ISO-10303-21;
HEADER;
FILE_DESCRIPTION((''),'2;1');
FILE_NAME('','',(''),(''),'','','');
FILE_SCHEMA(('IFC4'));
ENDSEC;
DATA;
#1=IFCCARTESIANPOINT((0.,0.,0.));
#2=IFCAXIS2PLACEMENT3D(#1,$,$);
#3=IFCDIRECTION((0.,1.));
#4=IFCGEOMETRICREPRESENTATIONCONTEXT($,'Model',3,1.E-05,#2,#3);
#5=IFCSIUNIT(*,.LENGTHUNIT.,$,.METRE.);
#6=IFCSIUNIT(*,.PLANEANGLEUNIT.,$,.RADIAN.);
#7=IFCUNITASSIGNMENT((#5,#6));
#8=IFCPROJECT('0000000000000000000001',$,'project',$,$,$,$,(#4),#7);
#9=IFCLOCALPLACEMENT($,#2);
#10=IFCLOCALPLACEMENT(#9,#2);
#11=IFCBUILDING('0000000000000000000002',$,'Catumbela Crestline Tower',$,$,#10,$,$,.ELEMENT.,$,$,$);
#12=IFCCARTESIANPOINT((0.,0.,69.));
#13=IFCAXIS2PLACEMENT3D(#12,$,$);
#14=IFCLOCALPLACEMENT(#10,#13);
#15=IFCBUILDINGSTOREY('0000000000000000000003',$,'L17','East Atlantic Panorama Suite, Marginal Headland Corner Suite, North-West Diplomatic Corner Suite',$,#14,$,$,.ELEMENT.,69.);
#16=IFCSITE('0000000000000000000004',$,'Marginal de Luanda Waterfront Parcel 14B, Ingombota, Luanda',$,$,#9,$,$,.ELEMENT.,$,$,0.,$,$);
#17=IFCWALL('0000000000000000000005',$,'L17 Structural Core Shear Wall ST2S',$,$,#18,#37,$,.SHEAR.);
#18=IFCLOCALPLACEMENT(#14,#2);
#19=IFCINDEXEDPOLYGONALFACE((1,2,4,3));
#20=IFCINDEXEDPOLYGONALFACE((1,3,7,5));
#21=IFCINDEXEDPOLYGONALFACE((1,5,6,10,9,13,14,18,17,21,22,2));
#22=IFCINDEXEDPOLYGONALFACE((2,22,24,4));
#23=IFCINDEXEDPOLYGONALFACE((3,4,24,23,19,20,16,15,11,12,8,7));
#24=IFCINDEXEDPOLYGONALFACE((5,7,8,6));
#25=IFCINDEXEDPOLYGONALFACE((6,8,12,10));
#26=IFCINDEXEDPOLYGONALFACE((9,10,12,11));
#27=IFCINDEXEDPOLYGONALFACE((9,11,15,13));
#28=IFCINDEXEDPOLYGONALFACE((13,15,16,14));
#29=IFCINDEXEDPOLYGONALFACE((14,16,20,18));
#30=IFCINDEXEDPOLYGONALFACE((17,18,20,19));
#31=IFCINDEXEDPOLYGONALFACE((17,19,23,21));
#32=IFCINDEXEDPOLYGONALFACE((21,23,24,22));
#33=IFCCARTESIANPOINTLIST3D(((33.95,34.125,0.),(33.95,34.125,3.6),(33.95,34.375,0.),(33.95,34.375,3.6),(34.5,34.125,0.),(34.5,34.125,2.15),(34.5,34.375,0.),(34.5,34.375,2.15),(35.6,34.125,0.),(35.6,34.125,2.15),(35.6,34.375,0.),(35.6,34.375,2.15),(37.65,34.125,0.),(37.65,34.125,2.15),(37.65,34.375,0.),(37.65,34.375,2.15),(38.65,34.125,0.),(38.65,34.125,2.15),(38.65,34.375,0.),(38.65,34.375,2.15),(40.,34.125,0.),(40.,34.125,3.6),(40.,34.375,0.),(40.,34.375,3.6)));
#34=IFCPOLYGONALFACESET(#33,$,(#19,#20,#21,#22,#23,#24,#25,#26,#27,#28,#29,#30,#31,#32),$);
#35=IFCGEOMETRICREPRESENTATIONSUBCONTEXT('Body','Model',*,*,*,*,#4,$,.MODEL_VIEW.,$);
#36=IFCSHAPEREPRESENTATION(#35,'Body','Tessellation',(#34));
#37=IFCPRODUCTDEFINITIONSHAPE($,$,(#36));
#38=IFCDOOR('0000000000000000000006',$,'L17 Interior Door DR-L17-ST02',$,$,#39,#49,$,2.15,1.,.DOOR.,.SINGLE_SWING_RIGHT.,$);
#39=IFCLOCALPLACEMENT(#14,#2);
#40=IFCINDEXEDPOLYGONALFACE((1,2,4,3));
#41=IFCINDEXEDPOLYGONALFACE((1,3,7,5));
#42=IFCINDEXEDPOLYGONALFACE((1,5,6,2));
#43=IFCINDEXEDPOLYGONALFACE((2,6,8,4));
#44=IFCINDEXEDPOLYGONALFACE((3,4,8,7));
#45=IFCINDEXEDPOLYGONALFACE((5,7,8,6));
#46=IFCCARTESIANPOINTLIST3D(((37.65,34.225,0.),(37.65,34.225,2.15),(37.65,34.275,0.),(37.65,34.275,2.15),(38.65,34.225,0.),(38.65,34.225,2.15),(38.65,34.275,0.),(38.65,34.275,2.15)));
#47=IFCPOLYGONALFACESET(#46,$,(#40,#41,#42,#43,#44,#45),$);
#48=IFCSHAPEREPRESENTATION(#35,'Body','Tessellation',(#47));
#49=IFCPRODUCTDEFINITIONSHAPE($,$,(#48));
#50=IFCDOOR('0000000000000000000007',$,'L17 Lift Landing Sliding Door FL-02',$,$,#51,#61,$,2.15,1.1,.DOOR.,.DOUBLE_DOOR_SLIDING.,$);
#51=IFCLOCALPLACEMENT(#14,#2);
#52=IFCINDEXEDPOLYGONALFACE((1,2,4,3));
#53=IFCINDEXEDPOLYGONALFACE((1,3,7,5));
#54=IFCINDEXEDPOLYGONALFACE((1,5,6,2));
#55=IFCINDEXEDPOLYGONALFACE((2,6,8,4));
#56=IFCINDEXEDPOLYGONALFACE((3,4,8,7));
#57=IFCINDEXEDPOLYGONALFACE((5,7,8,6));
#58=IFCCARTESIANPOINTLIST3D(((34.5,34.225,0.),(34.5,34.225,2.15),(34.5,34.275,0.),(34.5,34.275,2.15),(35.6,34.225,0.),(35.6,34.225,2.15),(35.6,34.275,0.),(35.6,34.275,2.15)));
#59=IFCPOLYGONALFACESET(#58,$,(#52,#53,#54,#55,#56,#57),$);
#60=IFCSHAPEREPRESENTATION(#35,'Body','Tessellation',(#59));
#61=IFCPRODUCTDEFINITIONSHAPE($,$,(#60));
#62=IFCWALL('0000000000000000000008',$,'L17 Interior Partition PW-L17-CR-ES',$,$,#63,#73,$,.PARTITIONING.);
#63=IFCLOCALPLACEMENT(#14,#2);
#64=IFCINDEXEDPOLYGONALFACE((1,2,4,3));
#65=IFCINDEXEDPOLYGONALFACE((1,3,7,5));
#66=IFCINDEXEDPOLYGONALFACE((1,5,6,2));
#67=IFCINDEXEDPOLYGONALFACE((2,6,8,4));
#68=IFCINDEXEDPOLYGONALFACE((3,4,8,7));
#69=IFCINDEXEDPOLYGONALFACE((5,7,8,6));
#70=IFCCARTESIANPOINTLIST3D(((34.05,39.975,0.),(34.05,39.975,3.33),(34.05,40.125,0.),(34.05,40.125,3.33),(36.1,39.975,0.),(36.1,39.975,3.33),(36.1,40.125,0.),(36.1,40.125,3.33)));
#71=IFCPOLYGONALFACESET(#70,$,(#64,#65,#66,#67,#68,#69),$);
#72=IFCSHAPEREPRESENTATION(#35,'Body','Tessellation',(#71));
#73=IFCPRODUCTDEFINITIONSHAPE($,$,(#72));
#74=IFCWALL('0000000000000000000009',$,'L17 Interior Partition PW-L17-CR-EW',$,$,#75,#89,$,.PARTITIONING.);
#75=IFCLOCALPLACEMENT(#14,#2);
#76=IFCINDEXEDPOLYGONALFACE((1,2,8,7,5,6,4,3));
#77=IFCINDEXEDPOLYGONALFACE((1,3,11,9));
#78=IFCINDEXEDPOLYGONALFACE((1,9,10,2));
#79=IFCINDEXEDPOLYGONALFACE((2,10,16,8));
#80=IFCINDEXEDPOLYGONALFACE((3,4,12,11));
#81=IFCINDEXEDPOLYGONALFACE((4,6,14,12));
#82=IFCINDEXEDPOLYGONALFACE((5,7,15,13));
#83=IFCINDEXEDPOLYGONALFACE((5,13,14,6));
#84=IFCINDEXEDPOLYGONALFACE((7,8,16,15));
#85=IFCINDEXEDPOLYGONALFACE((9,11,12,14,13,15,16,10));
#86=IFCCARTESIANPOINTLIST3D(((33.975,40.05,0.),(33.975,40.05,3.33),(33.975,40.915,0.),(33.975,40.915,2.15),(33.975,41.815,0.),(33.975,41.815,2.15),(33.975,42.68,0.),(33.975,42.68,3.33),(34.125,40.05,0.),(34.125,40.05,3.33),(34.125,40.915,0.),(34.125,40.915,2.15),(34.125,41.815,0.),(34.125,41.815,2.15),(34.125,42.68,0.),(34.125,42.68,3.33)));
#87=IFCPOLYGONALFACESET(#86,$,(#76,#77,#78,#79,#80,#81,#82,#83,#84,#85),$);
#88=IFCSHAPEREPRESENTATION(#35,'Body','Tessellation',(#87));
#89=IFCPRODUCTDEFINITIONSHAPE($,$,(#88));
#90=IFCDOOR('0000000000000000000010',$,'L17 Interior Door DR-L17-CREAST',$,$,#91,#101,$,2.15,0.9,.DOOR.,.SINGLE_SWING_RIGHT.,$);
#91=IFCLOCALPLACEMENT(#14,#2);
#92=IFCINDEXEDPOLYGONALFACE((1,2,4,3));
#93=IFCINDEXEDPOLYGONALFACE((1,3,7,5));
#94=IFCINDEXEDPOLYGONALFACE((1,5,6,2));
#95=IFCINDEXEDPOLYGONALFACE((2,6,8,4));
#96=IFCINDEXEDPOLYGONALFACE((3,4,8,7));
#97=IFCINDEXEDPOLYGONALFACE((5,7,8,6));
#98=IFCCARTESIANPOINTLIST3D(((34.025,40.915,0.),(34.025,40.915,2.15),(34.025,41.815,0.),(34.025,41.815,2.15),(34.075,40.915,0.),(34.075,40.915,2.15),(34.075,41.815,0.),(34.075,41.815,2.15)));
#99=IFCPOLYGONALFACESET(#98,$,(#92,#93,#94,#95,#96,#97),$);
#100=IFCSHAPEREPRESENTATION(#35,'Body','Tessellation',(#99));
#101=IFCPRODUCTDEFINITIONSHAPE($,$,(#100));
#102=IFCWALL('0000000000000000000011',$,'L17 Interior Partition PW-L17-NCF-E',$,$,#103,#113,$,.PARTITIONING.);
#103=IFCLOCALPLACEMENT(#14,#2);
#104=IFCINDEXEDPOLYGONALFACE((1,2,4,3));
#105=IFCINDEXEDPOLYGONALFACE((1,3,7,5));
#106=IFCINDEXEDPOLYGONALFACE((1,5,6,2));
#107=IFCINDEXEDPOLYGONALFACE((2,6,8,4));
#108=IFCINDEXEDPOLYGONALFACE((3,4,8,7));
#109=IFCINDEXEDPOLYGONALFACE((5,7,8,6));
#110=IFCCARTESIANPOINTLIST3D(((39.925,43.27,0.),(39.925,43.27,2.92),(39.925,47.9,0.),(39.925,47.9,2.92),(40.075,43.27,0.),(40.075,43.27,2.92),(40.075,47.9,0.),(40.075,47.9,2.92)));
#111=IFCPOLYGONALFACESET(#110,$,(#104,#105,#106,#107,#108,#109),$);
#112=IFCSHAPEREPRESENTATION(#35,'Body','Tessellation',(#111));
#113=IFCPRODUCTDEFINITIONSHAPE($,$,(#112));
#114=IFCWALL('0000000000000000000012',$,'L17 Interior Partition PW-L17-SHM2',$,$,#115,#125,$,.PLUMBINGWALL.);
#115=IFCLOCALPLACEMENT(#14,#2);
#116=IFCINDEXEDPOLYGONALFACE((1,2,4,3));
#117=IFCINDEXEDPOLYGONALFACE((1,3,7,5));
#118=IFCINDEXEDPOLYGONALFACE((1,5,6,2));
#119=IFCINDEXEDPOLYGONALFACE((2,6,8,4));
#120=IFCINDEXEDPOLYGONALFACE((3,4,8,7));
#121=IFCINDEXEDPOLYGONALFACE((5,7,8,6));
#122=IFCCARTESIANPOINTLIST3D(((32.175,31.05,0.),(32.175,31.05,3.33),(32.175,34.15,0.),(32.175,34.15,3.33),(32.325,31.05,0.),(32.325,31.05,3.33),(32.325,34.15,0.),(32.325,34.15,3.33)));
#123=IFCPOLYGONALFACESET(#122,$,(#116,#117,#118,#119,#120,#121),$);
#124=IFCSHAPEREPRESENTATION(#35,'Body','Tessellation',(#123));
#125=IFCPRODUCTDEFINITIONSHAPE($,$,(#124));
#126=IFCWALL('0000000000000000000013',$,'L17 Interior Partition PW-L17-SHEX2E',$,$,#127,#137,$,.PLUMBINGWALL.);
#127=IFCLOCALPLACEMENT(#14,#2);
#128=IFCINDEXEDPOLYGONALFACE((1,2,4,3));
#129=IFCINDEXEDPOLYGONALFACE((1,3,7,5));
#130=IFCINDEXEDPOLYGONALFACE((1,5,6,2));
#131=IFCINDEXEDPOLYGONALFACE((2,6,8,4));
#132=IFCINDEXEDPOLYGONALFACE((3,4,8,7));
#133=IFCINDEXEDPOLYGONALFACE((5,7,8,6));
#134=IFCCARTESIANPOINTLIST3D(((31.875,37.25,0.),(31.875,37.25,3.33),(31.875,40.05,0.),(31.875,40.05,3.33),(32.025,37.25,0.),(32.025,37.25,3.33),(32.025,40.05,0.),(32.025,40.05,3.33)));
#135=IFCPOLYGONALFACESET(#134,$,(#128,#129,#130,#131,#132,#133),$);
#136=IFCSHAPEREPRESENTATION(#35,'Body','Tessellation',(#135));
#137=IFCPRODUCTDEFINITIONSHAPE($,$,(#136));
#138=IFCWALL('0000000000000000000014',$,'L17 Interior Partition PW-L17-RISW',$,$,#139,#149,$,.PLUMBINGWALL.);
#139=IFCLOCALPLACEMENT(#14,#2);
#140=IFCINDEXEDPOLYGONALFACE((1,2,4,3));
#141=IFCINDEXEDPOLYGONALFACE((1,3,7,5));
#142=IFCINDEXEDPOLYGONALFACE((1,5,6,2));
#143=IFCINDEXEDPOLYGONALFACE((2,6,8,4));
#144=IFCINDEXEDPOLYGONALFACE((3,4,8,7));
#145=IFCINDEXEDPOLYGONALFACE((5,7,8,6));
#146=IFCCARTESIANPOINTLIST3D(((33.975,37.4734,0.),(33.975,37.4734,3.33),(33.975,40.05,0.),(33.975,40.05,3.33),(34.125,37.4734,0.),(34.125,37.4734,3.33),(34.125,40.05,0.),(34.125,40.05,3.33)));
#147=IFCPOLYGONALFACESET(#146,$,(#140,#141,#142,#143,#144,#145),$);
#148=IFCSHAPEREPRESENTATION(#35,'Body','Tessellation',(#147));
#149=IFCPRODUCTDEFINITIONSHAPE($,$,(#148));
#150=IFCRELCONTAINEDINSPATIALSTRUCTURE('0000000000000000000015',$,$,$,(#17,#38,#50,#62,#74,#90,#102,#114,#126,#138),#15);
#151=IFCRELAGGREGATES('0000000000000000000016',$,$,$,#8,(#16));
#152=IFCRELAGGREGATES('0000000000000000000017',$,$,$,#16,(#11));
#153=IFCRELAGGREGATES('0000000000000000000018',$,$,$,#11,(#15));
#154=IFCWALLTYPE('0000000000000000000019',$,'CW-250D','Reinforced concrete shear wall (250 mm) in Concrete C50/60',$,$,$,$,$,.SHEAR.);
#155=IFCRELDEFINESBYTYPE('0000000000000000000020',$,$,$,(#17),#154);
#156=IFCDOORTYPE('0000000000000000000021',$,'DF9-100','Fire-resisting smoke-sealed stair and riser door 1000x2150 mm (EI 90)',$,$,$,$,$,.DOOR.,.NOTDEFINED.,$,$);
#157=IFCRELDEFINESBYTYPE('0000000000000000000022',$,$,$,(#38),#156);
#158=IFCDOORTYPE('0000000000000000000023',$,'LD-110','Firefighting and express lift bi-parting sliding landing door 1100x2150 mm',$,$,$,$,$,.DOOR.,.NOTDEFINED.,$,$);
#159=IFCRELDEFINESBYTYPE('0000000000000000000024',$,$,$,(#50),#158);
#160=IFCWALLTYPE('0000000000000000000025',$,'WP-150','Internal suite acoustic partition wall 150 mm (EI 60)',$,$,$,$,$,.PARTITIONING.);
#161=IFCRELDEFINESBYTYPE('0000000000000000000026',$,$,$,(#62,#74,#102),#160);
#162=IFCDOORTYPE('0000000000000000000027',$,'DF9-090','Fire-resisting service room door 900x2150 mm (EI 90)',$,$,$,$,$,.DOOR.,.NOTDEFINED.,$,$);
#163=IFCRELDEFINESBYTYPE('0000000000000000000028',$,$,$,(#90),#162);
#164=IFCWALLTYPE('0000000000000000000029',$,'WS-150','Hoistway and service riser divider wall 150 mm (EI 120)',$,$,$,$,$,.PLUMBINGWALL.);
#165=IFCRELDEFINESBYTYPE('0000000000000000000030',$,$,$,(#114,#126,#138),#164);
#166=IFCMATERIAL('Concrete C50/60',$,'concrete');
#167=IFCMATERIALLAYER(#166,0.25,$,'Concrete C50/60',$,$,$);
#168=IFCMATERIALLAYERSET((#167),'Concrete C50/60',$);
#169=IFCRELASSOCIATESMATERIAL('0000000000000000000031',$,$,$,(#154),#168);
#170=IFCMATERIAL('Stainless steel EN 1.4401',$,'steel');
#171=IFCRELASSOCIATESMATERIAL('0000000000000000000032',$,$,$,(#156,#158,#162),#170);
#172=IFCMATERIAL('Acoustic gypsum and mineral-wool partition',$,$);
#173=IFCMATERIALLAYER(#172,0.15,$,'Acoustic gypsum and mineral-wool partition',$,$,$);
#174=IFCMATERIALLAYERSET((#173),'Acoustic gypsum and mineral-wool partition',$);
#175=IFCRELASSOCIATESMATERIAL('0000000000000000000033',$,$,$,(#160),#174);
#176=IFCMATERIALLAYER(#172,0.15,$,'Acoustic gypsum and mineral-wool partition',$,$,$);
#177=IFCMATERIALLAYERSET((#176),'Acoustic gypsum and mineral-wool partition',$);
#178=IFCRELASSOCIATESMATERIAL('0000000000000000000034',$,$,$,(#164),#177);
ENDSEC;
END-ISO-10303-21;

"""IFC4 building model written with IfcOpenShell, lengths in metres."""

from ifc_helpers import new_model, si_unit, direction, frame, frame_2d, origin, place, context, subcontext, project, spatial, rectangle, extrude, material, layer, layer_set, type_object, element, fill, save


model = new_model("IFC4")

# Units and contexts
model_context = context("Model", 3, precision=1e-05, world=origin(), true_north=direction((0.0, 1.0)))
body_context = subcontext(model_context, "Body", "Model", "MODEL_VIEW")
ifc_project = project(units=[si_unit("LENGTHUNIT", "METRE"), si_unit("PLANEANGLEUNIT", "RADIAN")], contexts=[model_context])

# Site, building, storey
site_placement = place(None, origin())
site = spatial("IfcSite", under=ifc_project, at=site_placement, Name="Marginal de Luanda Waterfront Parcel 14B, Ingombota, Luanda", CompositionType="ELEMENT", RefElevation=0.0)
building_placement = place(site_placement, origin())
building = spatial("IfcBuilding", under=site, at=building_placement, Name="Catumbela Crestline Tower", CompositionType="ELEMENT")
storey_placement = place(building_placement, frame((0.0, 0.0, 69.0)))
storey = spatial("IfcBuildingStorey", under=building, at=storey_placement, Name="L17", Description="East Atlantic Panorama Suite, Marginal Headland Corner Suite, North-West Diplomatic Corner Suite", CompositionType="ELEMENT", Elevation=69.0)

# Shared definitions
ifc_material_1 = material(Name="Concrete C50/60", Category="concrete")
ifc_layer_1 = layer(ifc_material_1, 0.25, Name="Concrete C50/60")
ifc_layer_set_1 = layer_set([ifc_layer_1], Name="Concrete C50/60")
wall_type_1 = type_object("IfcWallType", Name="CW-250D", Description="Reinforced concrete shear wall (250 mm) in Concrete C50/60", PredefinedType="SHEAR", material=ifc_layer_set_1)

# Wall, openings, doors
wall_1_placement = place(storey_placement, frame((33.95, 34.25, 0.0), z_axis=(0.0, 0.0, 1.0), x_axis=(1.0, 0.0, 0.0)))
wall_1 = element("IfcWall", 1, at=wall_1_placement, inside=storey, type_object=wall_type_1, Name="L17 Structural Core Shear Wall ST2S", PredefinedType="SHEAR", context=body_context, shape_type="SweptSolid", body=[
    extrude(rectangle(XDim=6.05, YDim=0.25, at=frame_2d((3.025, 0.0))), origin(), (0.0, 0.0, 1.0), 3.6),
])
opening_1_placement = place(wall_1_placement, frame((3.7, 0.0, 0.0)))
opening_1 = element("IfcOpeningElement", 2, at=opening_1_placement, cuts=wall_1, PredefinedType="OPENING", context=body_context, shape_type="SweptSolid", body=[
    extrude(rectangle(XDim=1.0, YDim=2.15, at=frame_2d((0.5, 1.075))), frame((0.0, 0.135, 0.0), z_axis=(0.0, -1.0, 0.0), x_axis=(1.0, 0.0, 0.0)), (0.0, 0.0, 1.0), 0.27),
])
opening_2_placement = place(wall_1_placement, frame((0.55, 0.0, 0.0)))
opening_2 = element("IfcOpeningElement", 3, at=opening_2_placement, cuts=wall_1, PredefinedType="OPENING", context=body_context, shape_type="SweptSolid", body=[
    extrude(rectangle(XDim=1.1, YDim=2.15, at=frame_2d((0.55, 1.075))), frame((0.0, 0.135, 0.0), z_axis=(0.0, -1.0, 0.0), x_axis=(1.0, 0.0, 0.0)), (0.0, 0.0, 1.0), 0.27),
])
ifc_material_2 = material(Name="Stainless steel EN 1.4401", Category="steel")
door_type_1 = type_object("IfcDoorType", Name="DF9-100", Description="Fire-resisting smoke-sealed stair and riser door 1000x2150 mm (EI 90)", OperationType="NOTDEFINED", PredefinedType="DOOR", material=ifc_material_2)
door_1_placement = place(opening_1_placement, origin())
door_1 = element("IfcDoor", 4, at=door_1_placement, inside=storey, type_object=door_type_1, Name="L17 Interior Door DR-L17-ST02", OperationType="SINGLE_SWING_RIGHT", OverallHeight=2.15, OverallWidth=1.0, PredefinedType="DOOR", context=body_context, shape_type="SweptSolid", body=[
    extrude(rectangle(XDim=1.0, YDim=2.15, at=frame_2d((0.5, 1.075))), frame((0.0, 0.025, 0.0), z_axis=(0.0, -1.0, 0.0), x_axis=(1.0, 0.0, 0.0)), (0.0, 0.0, 1.0), 0.05),
])
fill(opening_1, door_1)
door_type_2 = type_object("IfcDoorType", Name="LD-110", Description="Firefighting and express lift bi-parting sliding landing door 1100x2150 mm", OperationType="NOTDEFINED", PredefinedType="DOOR", material=ifc_material_2)
door_2_placement = place(opening_2_placement, origin())
door_2 = element("IfcDoor", 5, at=door_2_placement, inside=storey, type_object=door_type_2, Name="L17 Lift Landing Sliding Door FL-02", OperationType="DOUBLE_DOOR_SLIDING", OverallHeight=2.15, OverallWidth=1.1, PredefinedType="DOOR", context=body_context, shape_type="SweptSolid", body=[
    extrude(rectangle(XDim=1.1, YDim=2.15, at=frame_2d((0.55, 1.075))), frame((0.0, 0.025, 0.0), z_axis=(0.0, -1.0, 0.0), x_axis=(1.0, 0.0, 0.0)), (0.0, 0.0, 1.0), 0.05),
])
fill(opening_2, door_2)

# Wall
ifc_material_3 = material(Name="Acoustic gypsum and mineral-wool partition")
ifc_layer_2 = layer(ifc_material_3, 0.15, Name="Acoustic gypsum and mineral-wool partition")
ifc_layer_set_2 = layer_set([ifc_layer_2], Name="Acoustic gypsum and mineral-wool partition")
wall_type_2 = type_object("IfcWallType", Name="WP-150", Description="Internal suite acoustic partition wall 150 mm (EI 60)", PredefinedType="PARTITIONING", material=ifc_layer_set_2)
wall_2_placement = place(storey_placement, frame((34.05, 40.05, 0.0), z_axis=(0.0, 0.0, 1.0), x_axis=(1.0, 0.0, 0.0)))
element("IfcWall", 6, at=wall_2_placement, inside=storey, type_object=wall_type_2, Name="L17 Interior Partition PW-L17-CR-ES", PredefinedType="PARTITIONING", context=body_context, shape_type="SweptSolid", body=[
    extrude(rectangle(XDim=2.05, YDim=0.15, at=frame_2d((1.025, 0.0))), origin(), (0.0, 0.0, 1.0), 3.33),
])

# Wall, opening, door
wall_3_placement = place(storey_placement, frame((34.05, 40.05, 0.0), z_axis=(0.0, 0.0, 1.0), x_axis=(0.0, 1.0, 0.0)))
wall_3 = element("IfcWall", 7, at=wall_3_placement, inside=storey, type_object=wall_type_2, Name="L17 Interior Partition PW-L17-CR-EW", PredefinedType="PARTITIONING", context=body_context, shape_type="SweptSolid", body=[
    extrude(rectangle(XDim=2.63, YDim=0.15, at=frame_2d((1.315, 0.0))), origin(), (0.0, 0.0, 1.0), 3.33),
])
opening_3_placement = place(wall_3_placement, frame((0.865, 0.0, 0.0)))
opening_3 = element("IfcOpeningElement", 8, at=opening_3_placement, cuts=wall_3, PredefinedType="OPENING", context=body_context, shape_type="SweptSolid", body=[
    extrude(rectangle(XDim=0.9, YDim=2.15, at=frame_2d((0.45, 1.075))), frame((0.0, 0.085, 0.0), z_axis=(0.0, -1.0, 0.0), x_axis=(1.0, 0.0, 0.0)), (0.0, 0.0, 1.0), 0.17),
])
door_type_3 = type_object("IfcDoorType", Name="DF9-090", Description="Fire-resisting service room door 900x2150 mm (EI 90)", OperationType="NOTDEFINED", PredefinedType="DOOR", material=ifc_material_2)
door_3_placement = place(opening_3_placement, origin())
door_3 = element("IfcDoor", 9, at=door_3_placement, inside=storey, type_object=door_type_3, Name="L17 Interior Door DR-L17-CREAST", OperationType="SINGLE_SWING_RIGHT", OverallHeight=2.15, OverallWidth=0.9, PredefinedType="DOOR", context=body_context, shape_type="SweptSolid", body=[
    extrude(rectangle(XDim=0.9, YDim=2.15, at=frame_2d((0.45, 1.075))), frame((0.0, 0.025, 0.0), z_axis=(0.0, -1.0, 0.0), x_axis=(1.0, 0.0, 0.0)), (0.0, 0.0, 1.0), 0.05),
])
fill(opening_3, door_3)

# Walls
wall_4_placement = place(storey_placement, frame((40.0, 43.27, 0.0), z_axis=(0.0, 0.0, 1.0), x_axis=(0.0, 1.0, 0.0)))
element("IfcWall", 10, at=wall_4_placement, inside=storey, type_object=wall_type_2, Name="L17 Interior Partition PW-L17-NCF-E", PredefinedType="PARTITIONING", context=body_context, shape_type="SweptSolid", body=[
    extrude(rectangle(XDim=4.63, YDim=0.15, at=frame_2d((2.315, 0.0))), origin(), (0.0, 0.0, 1.0), 2.92),
])
ifc_layer_3 = layer(ifc_material_3, 0.15, Name="Acoustic gypsum and mineral-wool partition")
ifc_layer_set_3 = layer_set([ifc_layer_3], Name="Acoustic gypsum and mineral-wool partition")
wall_type_3 = type_object("IfcWallType", Name="WS-150", Description="Hoistway and service riser divider wall 150 mm (EI 120)", PredefinedType="PLUMBINGWALL", material=ifc_layer_set_3)
wall_5_placement = place(storey_placement, frame((32.25, 31.05, 0.0), z_axis=(0.0, 0.0, 1.0), x_axis=(0.0, 1.0, 0.0)))
element("IfcWall", 11, at=wall_5_placement, inside=storey, type_object=wall_type_3, Name="L17 Interior Partition PW-L17-SHM2", PredefinedType="PLUMBINGWALL", context=body_context, shape_type="SweptSolid", body=[
    extrude(rectangle(XDim=3.1, YDim=0.15, at=frame_2d((1.55, 0.0))), origin(), (0.0, 0.0, 1.0), 3.33),
])
wall_6_placement = place(storey_placement, frame((31.95, 37.25, 0.0), z_axis=(0.0, 0.0, 1.0), x_axis=(0.0, 1.0, 0.0)))
element("IfcWall", 12, at=wall_6_placement, inside=storey, type_object=wall_type_3, Name="L17 Interior Partition PW-L17-SHEX2E", PredefinedType="PLUMBINGWALL", context=body_context, shape_type="SweptSolid", body=[
    extrude(rectangle(XDim=2.8, YDim=0.15, at=frame_2d((1.4, 0.0))), origin(), (0.0, 0.0, 1.0), 3.33),
])
wall_7_placement = place(storey_placement, frame((34.05, 37.4734, 0.0), z_axis=(0.0, 0.0, 1.0), x_axis=(0.0, 1.0, 0.0)))
element("IfcWall", 13, at=wall_7_placement, inside=storey, type_object=wall_type_3, Name="L17 Interior Partition PW-L17-RISW", PredefinedType="PLUMBINGWALL", context=body_context, shape_type="SweptSolid", body=[
    extrude(rectangle(XDim=2.5766, YDim=0.15, at=frame_2d((1.2883, 0.0))), origin(), (0.0, 0.0, 1.0), 3.33),
])

save(model, "model.ifc")
